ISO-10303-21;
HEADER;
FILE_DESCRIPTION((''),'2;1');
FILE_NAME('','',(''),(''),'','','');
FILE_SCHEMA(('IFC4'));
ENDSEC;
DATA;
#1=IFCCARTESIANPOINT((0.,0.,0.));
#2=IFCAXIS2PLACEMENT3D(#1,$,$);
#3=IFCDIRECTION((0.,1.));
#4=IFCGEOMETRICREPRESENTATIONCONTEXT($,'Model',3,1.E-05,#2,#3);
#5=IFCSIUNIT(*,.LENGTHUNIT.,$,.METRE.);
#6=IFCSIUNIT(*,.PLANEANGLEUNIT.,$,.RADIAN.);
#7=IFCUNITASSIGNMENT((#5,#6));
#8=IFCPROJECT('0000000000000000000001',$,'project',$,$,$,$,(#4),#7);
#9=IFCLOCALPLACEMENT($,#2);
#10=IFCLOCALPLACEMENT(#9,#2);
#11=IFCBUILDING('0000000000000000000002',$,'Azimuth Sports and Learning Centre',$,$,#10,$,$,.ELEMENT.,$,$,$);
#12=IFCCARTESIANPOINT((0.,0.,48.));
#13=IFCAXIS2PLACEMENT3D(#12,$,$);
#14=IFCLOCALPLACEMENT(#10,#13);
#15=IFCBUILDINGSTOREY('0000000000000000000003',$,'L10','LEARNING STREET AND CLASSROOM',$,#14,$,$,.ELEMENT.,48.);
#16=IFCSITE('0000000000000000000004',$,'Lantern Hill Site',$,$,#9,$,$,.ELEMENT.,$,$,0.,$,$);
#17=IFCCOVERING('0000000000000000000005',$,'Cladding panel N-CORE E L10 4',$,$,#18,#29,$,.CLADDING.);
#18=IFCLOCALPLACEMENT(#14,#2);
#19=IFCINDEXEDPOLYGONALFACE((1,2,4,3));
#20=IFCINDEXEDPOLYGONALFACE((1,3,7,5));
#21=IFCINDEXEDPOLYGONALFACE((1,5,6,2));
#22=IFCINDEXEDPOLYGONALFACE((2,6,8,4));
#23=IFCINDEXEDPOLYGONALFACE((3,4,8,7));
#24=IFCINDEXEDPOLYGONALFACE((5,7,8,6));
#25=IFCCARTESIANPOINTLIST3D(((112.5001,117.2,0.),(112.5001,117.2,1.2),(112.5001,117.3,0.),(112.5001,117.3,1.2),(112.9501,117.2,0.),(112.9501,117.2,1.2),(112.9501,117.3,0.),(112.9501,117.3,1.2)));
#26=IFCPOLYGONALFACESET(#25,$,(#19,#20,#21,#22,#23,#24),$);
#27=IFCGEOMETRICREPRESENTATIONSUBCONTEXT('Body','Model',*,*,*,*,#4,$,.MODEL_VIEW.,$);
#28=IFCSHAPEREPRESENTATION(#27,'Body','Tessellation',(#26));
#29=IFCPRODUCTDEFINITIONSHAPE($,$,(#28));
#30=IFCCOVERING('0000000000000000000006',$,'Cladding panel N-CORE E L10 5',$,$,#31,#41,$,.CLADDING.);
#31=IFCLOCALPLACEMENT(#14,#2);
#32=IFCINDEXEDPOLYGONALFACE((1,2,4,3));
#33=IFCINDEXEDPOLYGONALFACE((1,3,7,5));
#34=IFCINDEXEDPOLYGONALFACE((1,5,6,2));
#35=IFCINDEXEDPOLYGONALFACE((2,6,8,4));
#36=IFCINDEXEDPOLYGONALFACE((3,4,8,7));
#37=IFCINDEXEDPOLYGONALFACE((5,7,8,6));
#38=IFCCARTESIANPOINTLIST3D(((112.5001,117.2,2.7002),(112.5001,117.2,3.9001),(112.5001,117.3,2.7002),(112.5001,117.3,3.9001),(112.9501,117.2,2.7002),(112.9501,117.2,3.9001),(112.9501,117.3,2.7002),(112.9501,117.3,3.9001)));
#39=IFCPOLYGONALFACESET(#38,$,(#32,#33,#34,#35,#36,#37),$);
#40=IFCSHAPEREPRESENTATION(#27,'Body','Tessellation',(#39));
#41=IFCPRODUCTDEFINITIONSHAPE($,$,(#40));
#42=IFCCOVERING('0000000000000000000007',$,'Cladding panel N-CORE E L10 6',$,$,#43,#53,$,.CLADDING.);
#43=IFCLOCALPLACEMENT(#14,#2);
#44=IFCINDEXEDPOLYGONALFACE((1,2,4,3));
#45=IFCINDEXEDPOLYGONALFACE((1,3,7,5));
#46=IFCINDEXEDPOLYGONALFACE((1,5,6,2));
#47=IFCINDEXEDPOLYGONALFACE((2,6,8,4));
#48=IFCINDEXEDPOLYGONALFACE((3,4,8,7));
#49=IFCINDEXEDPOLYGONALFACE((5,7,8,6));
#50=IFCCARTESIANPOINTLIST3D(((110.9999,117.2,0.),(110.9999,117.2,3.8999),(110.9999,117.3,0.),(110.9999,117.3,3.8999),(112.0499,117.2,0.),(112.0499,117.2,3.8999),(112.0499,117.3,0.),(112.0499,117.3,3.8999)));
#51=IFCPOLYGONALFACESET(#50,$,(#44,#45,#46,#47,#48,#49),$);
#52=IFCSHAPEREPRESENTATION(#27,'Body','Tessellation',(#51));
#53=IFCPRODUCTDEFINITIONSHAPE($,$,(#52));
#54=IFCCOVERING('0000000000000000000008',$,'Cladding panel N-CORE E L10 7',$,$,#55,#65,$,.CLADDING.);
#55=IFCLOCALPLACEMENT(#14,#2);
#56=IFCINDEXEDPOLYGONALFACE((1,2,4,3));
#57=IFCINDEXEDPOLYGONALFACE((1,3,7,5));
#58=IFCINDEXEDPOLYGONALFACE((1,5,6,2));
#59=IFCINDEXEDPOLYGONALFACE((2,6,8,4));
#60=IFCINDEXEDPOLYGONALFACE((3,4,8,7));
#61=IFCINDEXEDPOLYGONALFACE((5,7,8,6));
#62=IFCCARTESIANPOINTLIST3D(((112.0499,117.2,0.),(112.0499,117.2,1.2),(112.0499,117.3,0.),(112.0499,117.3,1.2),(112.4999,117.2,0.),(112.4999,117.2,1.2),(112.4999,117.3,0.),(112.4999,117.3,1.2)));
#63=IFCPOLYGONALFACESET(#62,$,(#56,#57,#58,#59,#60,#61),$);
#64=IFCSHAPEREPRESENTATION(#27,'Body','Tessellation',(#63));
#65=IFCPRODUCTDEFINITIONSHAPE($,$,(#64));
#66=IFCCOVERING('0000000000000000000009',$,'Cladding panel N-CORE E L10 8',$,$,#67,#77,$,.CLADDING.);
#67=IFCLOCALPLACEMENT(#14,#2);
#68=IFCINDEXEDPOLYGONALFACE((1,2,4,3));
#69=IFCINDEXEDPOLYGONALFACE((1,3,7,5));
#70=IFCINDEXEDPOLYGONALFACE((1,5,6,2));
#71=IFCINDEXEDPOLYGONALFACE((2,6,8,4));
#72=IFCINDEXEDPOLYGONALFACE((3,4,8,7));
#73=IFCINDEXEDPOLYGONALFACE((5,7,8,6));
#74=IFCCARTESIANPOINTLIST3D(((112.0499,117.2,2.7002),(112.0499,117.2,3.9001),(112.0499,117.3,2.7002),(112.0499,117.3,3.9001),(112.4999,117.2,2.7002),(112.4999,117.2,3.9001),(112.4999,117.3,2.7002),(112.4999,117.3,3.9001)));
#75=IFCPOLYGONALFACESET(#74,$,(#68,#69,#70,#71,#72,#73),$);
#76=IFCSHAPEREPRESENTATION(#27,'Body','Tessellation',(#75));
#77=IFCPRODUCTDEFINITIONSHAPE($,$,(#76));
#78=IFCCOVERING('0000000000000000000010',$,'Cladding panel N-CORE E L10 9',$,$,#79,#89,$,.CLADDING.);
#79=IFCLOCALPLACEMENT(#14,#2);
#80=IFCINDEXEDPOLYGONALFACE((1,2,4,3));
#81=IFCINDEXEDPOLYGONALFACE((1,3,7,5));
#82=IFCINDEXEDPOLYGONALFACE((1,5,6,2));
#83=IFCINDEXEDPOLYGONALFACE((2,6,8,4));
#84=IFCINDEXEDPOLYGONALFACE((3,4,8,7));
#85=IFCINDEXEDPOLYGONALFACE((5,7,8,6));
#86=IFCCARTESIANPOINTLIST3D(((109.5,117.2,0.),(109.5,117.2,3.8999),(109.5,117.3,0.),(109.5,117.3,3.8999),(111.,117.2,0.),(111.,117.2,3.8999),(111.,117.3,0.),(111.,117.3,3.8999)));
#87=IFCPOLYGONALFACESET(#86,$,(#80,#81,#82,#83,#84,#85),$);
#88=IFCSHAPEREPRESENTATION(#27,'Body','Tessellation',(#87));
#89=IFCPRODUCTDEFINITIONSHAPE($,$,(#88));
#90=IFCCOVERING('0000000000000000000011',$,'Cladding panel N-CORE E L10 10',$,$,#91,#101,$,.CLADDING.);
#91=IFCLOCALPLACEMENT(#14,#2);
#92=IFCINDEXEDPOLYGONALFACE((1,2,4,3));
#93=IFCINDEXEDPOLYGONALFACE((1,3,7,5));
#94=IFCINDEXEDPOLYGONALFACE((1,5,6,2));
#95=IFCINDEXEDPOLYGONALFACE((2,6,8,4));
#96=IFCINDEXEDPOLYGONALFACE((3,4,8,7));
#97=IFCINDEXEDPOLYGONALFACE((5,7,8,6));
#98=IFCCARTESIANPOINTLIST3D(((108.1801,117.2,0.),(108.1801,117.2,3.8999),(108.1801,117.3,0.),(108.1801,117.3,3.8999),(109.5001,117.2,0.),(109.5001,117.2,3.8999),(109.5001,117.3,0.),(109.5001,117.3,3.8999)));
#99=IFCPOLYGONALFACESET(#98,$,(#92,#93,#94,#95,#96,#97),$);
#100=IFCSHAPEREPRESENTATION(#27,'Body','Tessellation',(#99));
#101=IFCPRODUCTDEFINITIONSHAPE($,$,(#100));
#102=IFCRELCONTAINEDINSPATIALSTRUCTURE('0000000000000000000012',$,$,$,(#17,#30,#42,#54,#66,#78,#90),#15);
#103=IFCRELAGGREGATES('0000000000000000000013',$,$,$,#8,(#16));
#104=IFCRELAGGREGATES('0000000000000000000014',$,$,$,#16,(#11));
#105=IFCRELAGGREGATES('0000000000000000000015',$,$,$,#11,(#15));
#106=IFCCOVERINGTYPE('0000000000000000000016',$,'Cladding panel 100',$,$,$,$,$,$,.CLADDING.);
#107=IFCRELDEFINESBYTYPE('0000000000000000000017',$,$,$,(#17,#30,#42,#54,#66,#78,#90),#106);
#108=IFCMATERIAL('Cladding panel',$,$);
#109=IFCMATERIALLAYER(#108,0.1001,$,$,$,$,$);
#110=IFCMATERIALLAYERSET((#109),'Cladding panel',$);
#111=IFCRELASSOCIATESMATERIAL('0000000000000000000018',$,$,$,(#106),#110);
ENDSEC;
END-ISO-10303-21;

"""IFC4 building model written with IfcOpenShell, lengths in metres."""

from ifc_helpers import new_model, si_unit, direction, frame, origin, origin_2d, place, context, subcontext, project, spatial, rectangle, extrude, material, layer, layer_set, type_object, element, save


model = new_model("IFC4")

# Units and contexts
model_context = context("Model", 3, precision=1e-05, world=origin(), true_north=direction((0.0, 1.0)))
body_context = subcontext(model_context, "Body", "Model", "MODEL_VIEW")
ifc_project = project(units=[si_unit("LENGTHUNIT", "METRE"), si_unit("PLANEANGLEUNIT", "RADIAN")], contexts=[model_context])

# Site, building, storey
site_placement = place(None, origin())
site = spatial("IfcSite", under=ifc_project, at=site_placement, Name="Lantern Hill Site", CompositionType="ELEMENT", RefElevation=0.0)
building_placement = place(site_placement, origin())
building = spatial("IfcBuilding", under=site, at=building_placement, Name="Azimuth Sports and Learning Centre", CompositionType="ELEMENT")
storey_placement = place(building_placement, frame((0.0, 0.0, 48.0)))
storey = spatial("IfcBuildingStorey", under=building, at=storey_placement, Name="L10", Description="LEARNING STREET AND CLASSROOM", CompositionType="ELEMENT", Elevation=48.0)

# Coverings
ifc_material_1 = material(Name="Cladding panel")
ifc_layer_1 = layer(ifc_material_1, 0.1001)
ifc_layer_set_1 = layer_set([ifc_layer_1], Name="Cladding panel")
covering_type = type_object("IfcCoveringType", Name="Cladding panel 100", PredefinedType="CLADDING", material=ifc_layer_set_1)
for number, where, z_axis, x_axis, name in (
    (1, (112.7251, 117.25, 0.0), (0.0, 0.0, 1.0), (-1.0, 0.0, 0.0), "Cladding panel N-CORE E L10 4"),
    (2, (112.7251, 117.25, 2.7002), (0.0, 0.0, 1.0), (-1.0, 0.0, 0.0), "Cladding panel N-CORE E L10 5"),
):
    element("IfcCovering", number, at=place(storey_placement, frame(where, z_axis=z_axis, x_axis=x_axis)), inside=storey, type_object=covering_type, Name=name, PredefinedType="CLADDING", context=body_context, shape_type="SweptSolid", body=[
        extrude(rectangle(XDim=0.45, YDim=0.1001, at=origin_2d()), origin(), (0.0, 0.0, 1.0), 1.2),
    ])
covering_1_placement = place(storey_placement, frame((111.5249, 117.25, 0.0), z_axis=(0.0, 0.0, 1.0), x_axis=(-1.0, 0.0, 0.0)))
element("IfcCovering", 3, at=covering_1_placement, inside=storey, type_object=covering_type, Name="Cladding panel N-CORE E L10 6", PredefinedType="CLADDING", context=body_context, shape_type="SweptSolid", body=[
    extrude(rectangle(XDim=1.05, YDim=0.1001, at=origin_2d()), origin(), (0.0, 0.0, 1.0), 3.8999),
])
for number, where, z_axis, x_axis, name in (
    (4, (112.2749, 117.25, 0.0), (0.0, 0.0, 1.0), (-1.0, 0.0, 0.0), "Cladding panel N-CORE E L10 7"),
    (5, (112.2749, 117.25, 2.7002), (0.0, 0.0, 1.0), (-1.0, 0.0, 0.0), "Cladding panel N-CORE E L10 8"),
):
    element("IfcCovering", number, at=place(storey_placement, frame(where, z_axis=z_axis, x_axis=x_axis)), inside=storey, type_object=covering_type, Name=name, PredefinedType="CLADDING", context=body_context, shape_type="SweptSolid", body=[
        extrude(rectangle(XDim=0.45, YDim=0.1001, at=origin_2d()), origin(), (0.0, 0.0, 1.0), 1.2),
    ])
covering_2_placement = place(storey_placement, frame((110.25, 117.25, 0.0), z_axis=(0.0, 0.0, 1.0), x_axis=(-1.0, 0.0, 0.0)))
element("IfcCovering", 6, at=covering_2_placement, inside=storey, type_object=covering_type, Name="Cladding panel N-CORE E L10 9", PredefinedType="CLADDING", context=body_context, shape_type="SweptSolid", body=[
    extrude(rectangle(XDim=1.5, YDim=0.1001, at=origin_2d()), origin(), (0.0, 0.0, 1.0), 3.8999),
])
covering_3_placement = place(storey_placement, frame((108.8401, 117.25, 0.0), z_axis=(0.0, 0.0, 1.0), x_axis=(-1.0, 0.0, 0.0)))
element("IfcCovering", 7, at=covering_3_placement, inside=storey, type_object=covering_type, Name="Cladding panel N-CORE E L10 10", PredefinedType="CLADDING", context=body_context, shape_type="SweptSolid", body=[
    extrude(rectangle(XDim=1.3201, YDim=0.1001, at=origin_2d()), origin(), (0.0, 0.0, 1.0), 3.8999),
])

save(model, "model.ifc")
